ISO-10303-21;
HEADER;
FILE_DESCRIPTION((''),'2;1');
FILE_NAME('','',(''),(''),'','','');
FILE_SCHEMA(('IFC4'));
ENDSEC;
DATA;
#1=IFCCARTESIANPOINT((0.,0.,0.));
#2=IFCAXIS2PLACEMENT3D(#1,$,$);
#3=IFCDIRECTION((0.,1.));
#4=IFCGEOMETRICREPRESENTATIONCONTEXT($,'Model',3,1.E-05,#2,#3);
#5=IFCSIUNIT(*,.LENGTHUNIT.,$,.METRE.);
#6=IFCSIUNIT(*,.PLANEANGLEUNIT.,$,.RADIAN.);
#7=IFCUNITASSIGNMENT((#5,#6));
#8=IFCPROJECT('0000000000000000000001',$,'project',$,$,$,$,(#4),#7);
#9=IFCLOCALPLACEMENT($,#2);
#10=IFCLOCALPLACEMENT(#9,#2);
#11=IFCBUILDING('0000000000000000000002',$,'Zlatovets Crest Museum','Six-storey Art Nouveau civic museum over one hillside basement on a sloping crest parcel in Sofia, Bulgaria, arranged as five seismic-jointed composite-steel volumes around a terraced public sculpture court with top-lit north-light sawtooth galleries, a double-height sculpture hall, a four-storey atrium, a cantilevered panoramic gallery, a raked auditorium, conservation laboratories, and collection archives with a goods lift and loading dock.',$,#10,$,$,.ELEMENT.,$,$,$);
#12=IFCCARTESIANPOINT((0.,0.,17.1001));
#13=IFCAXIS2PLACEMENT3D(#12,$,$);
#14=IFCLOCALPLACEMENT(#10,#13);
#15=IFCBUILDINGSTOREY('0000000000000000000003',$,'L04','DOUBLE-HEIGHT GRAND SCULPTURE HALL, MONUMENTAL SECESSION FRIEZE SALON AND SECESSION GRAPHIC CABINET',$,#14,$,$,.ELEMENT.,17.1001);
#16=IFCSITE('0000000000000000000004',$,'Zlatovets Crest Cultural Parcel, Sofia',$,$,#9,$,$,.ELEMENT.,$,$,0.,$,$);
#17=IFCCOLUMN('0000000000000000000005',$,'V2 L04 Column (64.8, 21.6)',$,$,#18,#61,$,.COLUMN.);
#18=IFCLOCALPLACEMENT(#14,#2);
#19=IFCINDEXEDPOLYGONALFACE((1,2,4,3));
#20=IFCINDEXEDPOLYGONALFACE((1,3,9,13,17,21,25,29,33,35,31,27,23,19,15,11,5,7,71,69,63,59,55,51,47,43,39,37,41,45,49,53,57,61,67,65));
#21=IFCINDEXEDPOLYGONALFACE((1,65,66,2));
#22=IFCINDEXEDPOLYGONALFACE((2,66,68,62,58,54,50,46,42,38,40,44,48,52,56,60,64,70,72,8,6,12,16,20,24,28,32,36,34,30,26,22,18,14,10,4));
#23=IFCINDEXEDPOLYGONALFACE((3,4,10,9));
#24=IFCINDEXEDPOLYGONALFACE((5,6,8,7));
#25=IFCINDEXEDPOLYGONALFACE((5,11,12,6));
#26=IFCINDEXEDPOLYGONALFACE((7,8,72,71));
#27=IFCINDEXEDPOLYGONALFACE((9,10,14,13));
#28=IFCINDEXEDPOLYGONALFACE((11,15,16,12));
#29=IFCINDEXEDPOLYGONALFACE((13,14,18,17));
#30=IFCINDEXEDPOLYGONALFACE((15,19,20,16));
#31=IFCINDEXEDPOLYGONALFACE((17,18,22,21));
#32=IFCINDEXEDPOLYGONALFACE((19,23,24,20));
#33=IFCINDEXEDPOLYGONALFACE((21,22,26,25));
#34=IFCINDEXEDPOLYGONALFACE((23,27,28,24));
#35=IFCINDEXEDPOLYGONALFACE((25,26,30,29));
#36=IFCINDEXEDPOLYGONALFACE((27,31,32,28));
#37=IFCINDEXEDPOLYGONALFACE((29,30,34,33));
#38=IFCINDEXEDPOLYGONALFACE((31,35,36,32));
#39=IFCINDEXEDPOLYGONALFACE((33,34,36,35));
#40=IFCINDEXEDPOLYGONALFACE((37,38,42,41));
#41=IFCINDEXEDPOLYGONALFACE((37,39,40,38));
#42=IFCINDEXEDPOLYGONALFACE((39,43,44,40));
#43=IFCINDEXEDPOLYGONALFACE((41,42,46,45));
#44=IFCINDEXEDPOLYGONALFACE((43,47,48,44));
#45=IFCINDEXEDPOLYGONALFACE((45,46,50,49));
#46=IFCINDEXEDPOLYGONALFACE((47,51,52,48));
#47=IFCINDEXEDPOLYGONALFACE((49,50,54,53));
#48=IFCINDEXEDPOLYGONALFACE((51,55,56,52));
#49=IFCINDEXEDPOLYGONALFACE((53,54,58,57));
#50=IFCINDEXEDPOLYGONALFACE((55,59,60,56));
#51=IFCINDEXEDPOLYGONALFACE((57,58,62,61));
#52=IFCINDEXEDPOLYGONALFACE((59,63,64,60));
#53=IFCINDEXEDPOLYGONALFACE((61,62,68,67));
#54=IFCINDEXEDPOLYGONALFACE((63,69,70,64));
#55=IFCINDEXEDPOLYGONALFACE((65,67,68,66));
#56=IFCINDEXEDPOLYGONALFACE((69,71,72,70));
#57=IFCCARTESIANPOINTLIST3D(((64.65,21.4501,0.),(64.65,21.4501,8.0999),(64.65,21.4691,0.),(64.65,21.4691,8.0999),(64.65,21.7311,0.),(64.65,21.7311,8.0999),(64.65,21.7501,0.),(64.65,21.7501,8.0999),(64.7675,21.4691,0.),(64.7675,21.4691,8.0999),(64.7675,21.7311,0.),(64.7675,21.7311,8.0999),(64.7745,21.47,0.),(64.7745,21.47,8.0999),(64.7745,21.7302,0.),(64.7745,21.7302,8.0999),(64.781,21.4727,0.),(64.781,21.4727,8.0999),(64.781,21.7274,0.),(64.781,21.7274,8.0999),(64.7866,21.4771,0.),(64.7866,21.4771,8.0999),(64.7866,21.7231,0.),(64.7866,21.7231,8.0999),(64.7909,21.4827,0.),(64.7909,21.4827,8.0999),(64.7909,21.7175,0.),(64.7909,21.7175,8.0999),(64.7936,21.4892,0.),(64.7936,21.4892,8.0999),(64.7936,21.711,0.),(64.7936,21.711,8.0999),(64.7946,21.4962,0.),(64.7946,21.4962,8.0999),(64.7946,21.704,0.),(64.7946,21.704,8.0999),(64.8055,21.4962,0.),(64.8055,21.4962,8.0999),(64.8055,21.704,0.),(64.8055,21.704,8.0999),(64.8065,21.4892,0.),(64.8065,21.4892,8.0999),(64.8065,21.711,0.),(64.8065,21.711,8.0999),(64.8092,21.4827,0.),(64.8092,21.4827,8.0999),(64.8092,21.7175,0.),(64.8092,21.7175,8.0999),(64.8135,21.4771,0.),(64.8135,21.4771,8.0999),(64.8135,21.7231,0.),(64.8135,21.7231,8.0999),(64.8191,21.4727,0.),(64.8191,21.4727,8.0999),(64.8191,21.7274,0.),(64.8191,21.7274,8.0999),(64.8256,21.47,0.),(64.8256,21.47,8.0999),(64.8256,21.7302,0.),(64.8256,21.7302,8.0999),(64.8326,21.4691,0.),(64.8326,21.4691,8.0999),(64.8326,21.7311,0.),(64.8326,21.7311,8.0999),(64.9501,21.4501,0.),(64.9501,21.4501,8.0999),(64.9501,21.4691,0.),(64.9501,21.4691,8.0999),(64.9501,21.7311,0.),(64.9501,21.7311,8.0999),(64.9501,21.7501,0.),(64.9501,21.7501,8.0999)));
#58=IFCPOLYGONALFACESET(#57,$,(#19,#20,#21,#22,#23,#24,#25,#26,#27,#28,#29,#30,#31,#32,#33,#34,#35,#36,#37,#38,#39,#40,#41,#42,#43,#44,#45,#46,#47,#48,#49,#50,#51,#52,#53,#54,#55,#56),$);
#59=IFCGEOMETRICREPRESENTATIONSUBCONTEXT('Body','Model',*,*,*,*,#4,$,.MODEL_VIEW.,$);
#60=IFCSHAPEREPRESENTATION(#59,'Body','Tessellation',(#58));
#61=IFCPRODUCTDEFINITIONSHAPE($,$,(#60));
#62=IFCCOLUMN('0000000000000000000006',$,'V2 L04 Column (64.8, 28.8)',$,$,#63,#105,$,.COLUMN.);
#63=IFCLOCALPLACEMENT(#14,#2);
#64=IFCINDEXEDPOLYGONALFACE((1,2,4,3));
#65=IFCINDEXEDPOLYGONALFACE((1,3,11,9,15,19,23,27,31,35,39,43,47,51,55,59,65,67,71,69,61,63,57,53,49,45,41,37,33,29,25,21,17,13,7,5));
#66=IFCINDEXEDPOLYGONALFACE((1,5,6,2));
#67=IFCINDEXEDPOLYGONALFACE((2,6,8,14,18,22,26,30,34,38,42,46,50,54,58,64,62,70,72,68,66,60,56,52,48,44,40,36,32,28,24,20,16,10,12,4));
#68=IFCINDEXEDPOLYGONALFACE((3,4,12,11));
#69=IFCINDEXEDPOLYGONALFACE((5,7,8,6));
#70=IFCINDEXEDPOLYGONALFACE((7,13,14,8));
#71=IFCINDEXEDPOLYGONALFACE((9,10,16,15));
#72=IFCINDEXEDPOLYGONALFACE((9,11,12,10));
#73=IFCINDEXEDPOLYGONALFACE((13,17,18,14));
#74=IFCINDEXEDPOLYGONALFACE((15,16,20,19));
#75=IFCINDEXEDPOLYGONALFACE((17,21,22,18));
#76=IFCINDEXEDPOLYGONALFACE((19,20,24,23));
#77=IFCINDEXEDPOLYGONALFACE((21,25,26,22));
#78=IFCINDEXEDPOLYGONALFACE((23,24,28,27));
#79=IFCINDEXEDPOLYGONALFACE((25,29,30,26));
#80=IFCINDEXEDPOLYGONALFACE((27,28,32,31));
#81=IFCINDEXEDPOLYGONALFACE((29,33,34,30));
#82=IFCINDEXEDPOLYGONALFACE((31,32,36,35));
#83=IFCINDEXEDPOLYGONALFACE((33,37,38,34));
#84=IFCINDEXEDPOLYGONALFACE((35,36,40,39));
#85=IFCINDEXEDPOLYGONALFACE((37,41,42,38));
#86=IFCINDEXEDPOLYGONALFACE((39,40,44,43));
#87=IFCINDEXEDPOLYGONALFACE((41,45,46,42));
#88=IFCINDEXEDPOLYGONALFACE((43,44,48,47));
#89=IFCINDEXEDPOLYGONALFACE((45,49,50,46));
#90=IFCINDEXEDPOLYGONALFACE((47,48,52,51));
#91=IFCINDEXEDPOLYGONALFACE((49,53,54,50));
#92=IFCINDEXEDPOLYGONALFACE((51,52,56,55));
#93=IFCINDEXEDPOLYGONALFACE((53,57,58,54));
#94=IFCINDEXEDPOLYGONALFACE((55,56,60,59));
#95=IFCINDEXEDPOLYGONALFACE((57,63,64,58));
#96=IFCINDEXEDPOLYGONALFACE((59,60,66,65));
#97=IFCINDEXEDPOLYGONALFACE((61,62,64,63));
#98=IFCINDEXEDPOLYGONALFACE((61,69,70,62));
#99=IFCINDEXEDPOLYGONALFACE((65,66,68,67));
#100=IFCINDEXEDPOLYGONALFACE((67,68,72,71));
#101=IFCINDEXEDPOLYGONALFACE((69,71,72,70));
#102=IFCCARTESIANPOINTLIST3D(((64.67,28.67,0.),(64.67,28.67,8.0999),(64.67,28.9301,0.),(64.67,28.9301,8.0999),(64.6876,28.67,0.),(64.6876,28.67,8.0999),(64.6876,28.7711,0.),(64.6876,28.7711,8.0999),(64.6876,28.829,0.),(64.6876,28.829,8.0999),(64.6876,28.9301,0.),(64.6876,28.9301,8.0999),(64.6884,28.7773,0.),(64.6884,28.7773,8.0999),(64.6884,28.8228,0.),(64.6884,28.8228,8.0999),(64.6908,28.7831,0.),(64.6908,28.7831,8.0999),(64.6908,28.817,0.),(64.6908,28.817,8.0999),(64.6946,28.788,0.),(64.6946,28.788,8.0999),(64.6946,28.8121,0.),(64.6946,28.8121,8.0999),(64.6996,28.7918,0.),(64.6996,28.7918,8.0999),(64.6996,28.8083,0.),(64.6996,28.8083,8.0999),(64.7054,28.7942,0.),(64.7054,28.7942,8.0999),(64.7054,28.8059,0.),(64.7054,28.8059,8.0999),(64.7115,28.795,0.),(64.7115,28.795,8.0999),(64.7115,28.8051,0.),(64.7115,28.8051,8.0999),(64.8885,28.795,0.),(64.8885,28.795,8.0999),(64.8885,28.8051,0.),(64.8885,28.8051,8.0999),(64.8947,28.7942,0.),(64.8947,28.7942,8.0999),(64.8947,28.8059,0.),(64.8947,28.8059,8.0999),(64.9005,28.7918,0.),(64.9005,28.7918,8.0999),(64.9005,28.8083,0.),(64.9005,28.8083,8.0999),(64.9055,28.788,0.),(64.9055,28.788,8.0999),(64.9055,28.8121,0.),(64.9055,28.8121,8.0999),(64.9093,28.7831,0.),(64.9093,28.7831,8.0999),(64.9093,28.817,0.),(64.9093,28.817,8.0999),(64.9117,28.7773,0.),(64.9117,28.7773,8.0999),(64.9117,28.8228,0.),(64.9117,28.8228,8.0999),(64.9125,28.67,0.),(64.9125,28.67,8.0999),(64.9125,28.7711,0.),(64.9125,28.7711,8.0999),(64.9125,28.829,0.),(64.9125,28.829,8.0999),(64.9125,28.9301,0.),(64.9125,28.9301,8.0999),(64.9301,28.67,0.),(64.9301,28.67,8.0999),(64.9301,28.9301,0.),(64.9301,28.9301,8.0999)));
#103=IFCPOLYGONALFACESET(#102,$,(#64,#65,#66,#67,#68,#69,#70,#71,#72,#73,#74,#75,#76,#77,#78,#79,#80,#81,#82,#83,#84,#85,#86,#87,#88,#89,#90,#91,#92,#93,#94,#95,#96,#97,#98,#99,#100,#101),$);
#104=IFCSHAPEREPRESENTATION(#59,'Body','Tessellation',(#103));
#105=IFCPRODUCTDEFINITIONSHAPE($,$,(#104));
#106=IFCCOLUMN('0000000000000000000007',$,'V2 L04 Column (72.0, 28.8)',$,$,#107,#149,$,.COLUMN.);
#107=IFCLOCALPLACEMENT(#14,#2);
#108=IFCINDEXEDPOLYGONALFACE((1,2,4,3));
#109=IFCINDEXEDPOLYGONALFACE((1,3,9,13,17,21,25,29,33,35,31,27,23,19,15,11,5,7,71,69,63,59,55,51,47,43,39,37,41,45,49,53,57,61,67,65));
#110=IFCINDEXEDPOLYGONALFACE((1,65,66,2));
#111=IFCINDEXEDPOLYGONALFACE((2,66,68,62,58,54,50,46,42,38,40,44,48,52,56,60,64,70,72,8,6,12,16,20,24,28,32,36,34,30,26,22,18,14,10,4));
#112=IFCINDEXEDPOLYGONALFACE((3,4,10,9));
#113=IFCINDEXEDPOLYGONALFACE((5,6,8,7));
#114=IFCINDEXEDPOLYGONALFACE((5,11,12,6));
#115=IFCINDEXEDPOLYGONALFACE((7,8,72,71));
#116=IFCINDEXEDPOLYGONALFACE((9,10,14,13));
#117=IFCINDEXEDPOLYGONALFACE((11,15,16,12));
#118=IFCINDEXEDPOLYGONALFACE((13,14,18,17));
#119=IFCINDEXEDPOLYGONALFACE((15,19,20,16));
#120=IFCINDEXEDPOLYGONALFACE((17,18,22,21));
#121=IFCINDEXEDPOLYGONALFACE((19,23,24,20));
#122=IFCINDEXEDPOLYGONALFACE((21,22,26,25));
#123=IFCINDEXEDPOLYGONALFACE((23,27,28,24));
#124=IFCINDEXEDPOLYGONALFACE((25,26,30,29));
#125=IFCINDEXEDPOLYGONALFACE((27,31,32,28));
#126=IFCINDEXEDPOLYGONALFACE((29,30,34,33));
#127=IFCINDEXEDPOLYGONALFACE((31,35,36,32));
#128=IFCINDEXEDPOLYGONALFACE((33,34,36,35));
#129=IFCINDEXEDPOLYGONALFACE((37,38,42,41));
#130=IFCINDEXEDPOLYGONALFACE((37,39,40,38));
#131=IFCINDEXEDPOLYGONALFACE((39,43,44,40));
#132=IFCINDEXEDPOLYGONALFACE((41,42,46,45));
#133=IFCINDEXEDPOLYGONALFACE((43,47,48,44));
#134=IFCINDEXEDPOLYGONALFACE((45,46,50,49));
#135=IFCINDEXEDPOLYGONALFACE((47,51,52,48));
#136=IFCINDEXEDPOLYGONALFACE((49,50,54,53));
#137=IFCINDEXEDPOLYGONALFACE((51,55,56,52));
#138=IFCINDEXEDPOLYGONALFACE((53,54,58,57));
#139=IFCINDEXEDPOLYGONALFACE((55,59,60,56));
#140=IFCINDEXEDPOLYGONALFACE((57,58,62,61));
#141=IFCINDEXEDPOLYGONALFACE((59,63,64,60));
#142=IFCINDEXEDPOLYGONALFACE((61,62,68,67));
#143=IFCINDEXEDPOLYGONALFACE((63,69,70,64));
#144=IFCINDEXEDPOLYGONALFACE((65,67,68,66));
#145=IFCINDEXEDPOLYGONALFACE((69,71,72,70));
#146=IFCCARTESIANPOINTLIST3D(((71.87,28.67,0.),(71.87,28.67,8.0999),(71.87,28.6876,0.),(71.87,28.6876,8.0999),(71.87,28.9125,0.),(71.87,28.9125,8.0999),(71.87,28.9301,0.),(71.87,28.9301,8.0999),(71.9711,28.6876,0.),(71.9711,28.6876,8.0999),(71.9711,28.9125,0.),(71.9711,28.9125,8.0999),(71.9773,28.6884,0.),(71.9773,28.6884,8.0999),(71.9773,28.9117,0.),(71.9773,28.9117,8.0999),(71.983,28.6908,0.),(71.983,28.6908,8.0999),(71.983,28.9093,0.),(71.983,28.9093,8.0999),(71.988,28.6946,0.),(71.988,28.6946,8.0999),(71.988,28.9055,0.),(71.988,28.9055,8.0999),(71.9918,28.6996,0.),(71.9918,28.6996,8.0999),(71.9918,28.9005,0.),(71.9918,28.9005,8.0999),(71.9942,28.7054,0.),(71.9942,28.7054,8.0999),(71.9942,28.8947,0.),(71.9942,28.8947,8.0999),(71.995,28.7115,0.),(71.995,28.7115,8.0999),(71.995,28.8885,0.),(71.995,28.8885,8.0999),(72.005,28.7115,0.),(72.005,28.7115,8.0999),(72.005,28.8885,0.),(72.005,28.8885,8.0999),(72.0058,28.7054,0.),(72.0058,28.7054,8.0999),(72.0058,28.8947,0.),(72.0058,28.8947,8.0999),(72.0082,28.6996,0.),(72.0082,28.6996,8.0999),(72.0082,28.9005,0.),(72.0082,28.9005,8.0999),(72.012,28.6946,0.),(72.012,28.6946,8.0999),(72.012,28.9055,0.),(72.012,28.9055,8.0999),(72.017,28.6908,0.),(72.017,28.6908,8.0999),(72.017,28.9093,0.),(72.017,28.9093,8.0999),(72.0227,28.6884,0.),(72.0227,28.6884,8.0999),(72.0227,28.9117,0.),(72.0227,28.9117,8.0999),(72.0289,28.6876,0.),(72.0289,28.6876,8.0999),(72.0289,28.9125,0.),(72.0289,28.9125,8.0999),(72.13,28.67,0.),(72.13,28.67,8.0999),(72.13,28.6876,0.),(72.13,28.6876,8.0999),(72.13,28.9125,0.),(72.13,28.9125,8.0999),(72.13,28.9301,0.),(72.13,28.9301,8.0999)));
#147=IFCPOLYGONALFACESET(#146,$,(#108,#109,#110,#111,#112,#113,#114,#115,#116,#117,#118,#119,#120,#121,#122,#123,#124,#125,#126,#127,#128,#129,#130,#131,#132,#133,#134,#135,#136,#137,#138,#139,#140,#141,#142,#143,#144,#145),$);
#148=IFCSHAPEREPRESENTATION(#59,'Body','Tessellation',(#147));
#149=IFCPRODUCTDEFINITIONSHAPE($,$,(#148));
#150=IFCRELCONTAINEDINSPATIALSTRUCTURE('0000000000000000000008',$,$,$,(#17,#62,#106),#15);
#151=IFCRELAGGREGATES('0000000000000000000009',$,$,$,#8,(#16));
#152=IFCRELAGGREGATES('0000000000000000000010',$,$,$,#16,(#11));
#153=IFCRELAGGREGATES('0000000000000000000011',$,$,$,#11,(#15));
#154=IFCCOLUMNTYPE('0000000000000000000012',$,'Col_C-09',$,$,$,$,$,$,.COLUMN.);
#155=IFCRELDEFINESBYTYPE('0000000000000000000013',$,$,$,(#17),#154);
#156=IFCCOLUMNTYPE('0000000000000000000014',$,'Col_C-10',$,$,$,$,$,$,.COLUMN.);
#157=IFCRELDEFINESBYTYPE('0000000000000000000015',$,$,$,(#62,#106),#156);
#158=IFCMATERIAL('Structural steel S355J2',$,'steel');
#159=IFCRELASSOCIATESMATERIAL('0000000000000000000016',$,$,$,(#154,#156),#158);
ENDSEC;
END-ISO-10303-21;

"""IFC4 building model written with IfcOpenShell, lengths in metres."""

from ifc_helpers import new_model, si_unit, direction, frame, origin, origin_2d, place, context, subcontext, project, spatial, i_section, extrude, material, material_profile, profile_set, type_object, element, save


model = new_model("IFC4")

# Units and contexts
model_context = context("Model", 3, precision=1e-05, world=origin(), true_north=direction((0.0, 1.0)))
body_context = subcontext(model_context, "Body", "Model", "MODEL_VIEW")
ifc_project = project(units=[si_unit("LENGTHUNIT", "METRE"), si_unit("PLANEANGLEUNIT", "RADIAN")], contexts=[model_context])

# Site, building, storey
site_placement = place(None, origin())
site = spatial("IfcSite", under=ifc_project, at=site_placement, Name="Zlatovets Crest Cultural Parcel, Sofia", CompositionType="ELEMENT", RefElevation=0.0)
building_placement = place(site_placement, origin())
building = spatial("IfcBuilding", under=site, at=building_placement, Name="Zlatovets Crest Museum", Description="Six-storey Art Nouveau civic museum over one hillside basement on a sloping crest parcel in Sofia, Bulgaria, arranged as five seismic-jointed composite-steel volumes around a terraced public sculpture court with top-lit north-light sawtooth galleries, a double-height sculpture hall, a four-storey atrium, a cantilevered panoramic gallery, a raked auditorium, conservation laboratories, and collection archives with a goods lift and loading dock.", CompositionType="ELEMENT")
storey_placement = place(building_placement, frame((0.0, 0.0, 17.1001)))
storey = spatial("IfcBuildingStorey", under=building, at=storey_placement, Name="L04", Description="DOUBLE-HEIGHT GRAND SCULPTURE HALL, MONUMENTAL SECESSION FRIEZE SALON AND SECESSION GRAPHIC CABINET", CompositionType="ELEMENT", Elevation=17.1001)

# Columns
ifc_material_1 = material(Name="Structural steel S355J2", Category="steel")
ifc_material_profile_1 = material_profile(ifc_material_1, i_section(OverallWidth=0.3, OverallDepth=0.3, WebThickness=0.011, FlangeThickness=0.019, FilletRadius=0.0271, at=origin_2d()), Name="HEB 300")
ifc_profile_set_1 = profile_set([ifc_material_profile_1], Name="Structural steel S355J2")
column_type_1 = type_object("IfcColumnType", Name="Col_C-09", PredefinedType="COLUMN", material=ifc_profile_set_1)
column_placement = place(storey_placement, frame((64.8, 21.6001, 0.0), z_axis=(0.0, 0.0, 1.0), x_axis=(1.0, 0.0, 0.0)))
element("IfcColumn", 1, at=column_placement, inside=storey, type_object=column_type_1, Name="V2 L04 Column (64.8, 21.6)", PredefinedType="COLUMN", context=body_context, shape_type="SweptSolid", body=[
    extrude(i_section(OverallWidth=0.3, OverallDepth=0.3, WebThickness=0.011, FlangeThickness=0.019, FilletRadius=0.0271, at=origin_2d()), origin(), (0.0, 0.0, 1.0), 8.0999),
])
ifc_material_profile_2 = material_profile(ifc_material_1, i_section(OverallWidth=0.26, OverallDepth=0.26, WebThickness=0.01, FlangeThickness=0.0176, FilletRadius=0.0239, at=origin_2d()), Name="HEB 260")
ifc_profile_set_2 = profile_set([ifc_material_profile_2], Name="Structural steel S355J2")
column_type_2 = type_object("IfcColumnType", Name="Col_C-10", PredefinedType="COLUMN", material=ifc_profile_set_2)
for number, where, z_axis, x_axis, name in (
    (2, (64.8, 28.8, 0.0), (0.0, 0.0, 1.0), (0.0, 1.0, 0.0), "V2 L04 Column (64.8, 28.8)"),
    (3, (72.0, 28.8, 0.0), (0.0, 0.0, 1.0), (1.0, 0.0, 0.0), "V2 L04 Column (72.0, 28.8)"),
):
    element("IfcColumn", number, at=place(storey_placement, frame(where, z_axis=z_axis, x_axis=x_axis)), inside=storey, type_object=column_type_2, Name=name, PredefinedType="COLUMN", context=body_context, shape_type="SweptSolid", body=[
        extrude(i_section(OverallWidth=0.26, OverallDepth=0.26, WebThickness=0.01, FlangeThickness=0.0176, FilletRadius=0.0239, at=origin_2d()), origin(), (0.0, 0.0, 1.0), 8.0999),
    ])

save(model, "model.ifc")
